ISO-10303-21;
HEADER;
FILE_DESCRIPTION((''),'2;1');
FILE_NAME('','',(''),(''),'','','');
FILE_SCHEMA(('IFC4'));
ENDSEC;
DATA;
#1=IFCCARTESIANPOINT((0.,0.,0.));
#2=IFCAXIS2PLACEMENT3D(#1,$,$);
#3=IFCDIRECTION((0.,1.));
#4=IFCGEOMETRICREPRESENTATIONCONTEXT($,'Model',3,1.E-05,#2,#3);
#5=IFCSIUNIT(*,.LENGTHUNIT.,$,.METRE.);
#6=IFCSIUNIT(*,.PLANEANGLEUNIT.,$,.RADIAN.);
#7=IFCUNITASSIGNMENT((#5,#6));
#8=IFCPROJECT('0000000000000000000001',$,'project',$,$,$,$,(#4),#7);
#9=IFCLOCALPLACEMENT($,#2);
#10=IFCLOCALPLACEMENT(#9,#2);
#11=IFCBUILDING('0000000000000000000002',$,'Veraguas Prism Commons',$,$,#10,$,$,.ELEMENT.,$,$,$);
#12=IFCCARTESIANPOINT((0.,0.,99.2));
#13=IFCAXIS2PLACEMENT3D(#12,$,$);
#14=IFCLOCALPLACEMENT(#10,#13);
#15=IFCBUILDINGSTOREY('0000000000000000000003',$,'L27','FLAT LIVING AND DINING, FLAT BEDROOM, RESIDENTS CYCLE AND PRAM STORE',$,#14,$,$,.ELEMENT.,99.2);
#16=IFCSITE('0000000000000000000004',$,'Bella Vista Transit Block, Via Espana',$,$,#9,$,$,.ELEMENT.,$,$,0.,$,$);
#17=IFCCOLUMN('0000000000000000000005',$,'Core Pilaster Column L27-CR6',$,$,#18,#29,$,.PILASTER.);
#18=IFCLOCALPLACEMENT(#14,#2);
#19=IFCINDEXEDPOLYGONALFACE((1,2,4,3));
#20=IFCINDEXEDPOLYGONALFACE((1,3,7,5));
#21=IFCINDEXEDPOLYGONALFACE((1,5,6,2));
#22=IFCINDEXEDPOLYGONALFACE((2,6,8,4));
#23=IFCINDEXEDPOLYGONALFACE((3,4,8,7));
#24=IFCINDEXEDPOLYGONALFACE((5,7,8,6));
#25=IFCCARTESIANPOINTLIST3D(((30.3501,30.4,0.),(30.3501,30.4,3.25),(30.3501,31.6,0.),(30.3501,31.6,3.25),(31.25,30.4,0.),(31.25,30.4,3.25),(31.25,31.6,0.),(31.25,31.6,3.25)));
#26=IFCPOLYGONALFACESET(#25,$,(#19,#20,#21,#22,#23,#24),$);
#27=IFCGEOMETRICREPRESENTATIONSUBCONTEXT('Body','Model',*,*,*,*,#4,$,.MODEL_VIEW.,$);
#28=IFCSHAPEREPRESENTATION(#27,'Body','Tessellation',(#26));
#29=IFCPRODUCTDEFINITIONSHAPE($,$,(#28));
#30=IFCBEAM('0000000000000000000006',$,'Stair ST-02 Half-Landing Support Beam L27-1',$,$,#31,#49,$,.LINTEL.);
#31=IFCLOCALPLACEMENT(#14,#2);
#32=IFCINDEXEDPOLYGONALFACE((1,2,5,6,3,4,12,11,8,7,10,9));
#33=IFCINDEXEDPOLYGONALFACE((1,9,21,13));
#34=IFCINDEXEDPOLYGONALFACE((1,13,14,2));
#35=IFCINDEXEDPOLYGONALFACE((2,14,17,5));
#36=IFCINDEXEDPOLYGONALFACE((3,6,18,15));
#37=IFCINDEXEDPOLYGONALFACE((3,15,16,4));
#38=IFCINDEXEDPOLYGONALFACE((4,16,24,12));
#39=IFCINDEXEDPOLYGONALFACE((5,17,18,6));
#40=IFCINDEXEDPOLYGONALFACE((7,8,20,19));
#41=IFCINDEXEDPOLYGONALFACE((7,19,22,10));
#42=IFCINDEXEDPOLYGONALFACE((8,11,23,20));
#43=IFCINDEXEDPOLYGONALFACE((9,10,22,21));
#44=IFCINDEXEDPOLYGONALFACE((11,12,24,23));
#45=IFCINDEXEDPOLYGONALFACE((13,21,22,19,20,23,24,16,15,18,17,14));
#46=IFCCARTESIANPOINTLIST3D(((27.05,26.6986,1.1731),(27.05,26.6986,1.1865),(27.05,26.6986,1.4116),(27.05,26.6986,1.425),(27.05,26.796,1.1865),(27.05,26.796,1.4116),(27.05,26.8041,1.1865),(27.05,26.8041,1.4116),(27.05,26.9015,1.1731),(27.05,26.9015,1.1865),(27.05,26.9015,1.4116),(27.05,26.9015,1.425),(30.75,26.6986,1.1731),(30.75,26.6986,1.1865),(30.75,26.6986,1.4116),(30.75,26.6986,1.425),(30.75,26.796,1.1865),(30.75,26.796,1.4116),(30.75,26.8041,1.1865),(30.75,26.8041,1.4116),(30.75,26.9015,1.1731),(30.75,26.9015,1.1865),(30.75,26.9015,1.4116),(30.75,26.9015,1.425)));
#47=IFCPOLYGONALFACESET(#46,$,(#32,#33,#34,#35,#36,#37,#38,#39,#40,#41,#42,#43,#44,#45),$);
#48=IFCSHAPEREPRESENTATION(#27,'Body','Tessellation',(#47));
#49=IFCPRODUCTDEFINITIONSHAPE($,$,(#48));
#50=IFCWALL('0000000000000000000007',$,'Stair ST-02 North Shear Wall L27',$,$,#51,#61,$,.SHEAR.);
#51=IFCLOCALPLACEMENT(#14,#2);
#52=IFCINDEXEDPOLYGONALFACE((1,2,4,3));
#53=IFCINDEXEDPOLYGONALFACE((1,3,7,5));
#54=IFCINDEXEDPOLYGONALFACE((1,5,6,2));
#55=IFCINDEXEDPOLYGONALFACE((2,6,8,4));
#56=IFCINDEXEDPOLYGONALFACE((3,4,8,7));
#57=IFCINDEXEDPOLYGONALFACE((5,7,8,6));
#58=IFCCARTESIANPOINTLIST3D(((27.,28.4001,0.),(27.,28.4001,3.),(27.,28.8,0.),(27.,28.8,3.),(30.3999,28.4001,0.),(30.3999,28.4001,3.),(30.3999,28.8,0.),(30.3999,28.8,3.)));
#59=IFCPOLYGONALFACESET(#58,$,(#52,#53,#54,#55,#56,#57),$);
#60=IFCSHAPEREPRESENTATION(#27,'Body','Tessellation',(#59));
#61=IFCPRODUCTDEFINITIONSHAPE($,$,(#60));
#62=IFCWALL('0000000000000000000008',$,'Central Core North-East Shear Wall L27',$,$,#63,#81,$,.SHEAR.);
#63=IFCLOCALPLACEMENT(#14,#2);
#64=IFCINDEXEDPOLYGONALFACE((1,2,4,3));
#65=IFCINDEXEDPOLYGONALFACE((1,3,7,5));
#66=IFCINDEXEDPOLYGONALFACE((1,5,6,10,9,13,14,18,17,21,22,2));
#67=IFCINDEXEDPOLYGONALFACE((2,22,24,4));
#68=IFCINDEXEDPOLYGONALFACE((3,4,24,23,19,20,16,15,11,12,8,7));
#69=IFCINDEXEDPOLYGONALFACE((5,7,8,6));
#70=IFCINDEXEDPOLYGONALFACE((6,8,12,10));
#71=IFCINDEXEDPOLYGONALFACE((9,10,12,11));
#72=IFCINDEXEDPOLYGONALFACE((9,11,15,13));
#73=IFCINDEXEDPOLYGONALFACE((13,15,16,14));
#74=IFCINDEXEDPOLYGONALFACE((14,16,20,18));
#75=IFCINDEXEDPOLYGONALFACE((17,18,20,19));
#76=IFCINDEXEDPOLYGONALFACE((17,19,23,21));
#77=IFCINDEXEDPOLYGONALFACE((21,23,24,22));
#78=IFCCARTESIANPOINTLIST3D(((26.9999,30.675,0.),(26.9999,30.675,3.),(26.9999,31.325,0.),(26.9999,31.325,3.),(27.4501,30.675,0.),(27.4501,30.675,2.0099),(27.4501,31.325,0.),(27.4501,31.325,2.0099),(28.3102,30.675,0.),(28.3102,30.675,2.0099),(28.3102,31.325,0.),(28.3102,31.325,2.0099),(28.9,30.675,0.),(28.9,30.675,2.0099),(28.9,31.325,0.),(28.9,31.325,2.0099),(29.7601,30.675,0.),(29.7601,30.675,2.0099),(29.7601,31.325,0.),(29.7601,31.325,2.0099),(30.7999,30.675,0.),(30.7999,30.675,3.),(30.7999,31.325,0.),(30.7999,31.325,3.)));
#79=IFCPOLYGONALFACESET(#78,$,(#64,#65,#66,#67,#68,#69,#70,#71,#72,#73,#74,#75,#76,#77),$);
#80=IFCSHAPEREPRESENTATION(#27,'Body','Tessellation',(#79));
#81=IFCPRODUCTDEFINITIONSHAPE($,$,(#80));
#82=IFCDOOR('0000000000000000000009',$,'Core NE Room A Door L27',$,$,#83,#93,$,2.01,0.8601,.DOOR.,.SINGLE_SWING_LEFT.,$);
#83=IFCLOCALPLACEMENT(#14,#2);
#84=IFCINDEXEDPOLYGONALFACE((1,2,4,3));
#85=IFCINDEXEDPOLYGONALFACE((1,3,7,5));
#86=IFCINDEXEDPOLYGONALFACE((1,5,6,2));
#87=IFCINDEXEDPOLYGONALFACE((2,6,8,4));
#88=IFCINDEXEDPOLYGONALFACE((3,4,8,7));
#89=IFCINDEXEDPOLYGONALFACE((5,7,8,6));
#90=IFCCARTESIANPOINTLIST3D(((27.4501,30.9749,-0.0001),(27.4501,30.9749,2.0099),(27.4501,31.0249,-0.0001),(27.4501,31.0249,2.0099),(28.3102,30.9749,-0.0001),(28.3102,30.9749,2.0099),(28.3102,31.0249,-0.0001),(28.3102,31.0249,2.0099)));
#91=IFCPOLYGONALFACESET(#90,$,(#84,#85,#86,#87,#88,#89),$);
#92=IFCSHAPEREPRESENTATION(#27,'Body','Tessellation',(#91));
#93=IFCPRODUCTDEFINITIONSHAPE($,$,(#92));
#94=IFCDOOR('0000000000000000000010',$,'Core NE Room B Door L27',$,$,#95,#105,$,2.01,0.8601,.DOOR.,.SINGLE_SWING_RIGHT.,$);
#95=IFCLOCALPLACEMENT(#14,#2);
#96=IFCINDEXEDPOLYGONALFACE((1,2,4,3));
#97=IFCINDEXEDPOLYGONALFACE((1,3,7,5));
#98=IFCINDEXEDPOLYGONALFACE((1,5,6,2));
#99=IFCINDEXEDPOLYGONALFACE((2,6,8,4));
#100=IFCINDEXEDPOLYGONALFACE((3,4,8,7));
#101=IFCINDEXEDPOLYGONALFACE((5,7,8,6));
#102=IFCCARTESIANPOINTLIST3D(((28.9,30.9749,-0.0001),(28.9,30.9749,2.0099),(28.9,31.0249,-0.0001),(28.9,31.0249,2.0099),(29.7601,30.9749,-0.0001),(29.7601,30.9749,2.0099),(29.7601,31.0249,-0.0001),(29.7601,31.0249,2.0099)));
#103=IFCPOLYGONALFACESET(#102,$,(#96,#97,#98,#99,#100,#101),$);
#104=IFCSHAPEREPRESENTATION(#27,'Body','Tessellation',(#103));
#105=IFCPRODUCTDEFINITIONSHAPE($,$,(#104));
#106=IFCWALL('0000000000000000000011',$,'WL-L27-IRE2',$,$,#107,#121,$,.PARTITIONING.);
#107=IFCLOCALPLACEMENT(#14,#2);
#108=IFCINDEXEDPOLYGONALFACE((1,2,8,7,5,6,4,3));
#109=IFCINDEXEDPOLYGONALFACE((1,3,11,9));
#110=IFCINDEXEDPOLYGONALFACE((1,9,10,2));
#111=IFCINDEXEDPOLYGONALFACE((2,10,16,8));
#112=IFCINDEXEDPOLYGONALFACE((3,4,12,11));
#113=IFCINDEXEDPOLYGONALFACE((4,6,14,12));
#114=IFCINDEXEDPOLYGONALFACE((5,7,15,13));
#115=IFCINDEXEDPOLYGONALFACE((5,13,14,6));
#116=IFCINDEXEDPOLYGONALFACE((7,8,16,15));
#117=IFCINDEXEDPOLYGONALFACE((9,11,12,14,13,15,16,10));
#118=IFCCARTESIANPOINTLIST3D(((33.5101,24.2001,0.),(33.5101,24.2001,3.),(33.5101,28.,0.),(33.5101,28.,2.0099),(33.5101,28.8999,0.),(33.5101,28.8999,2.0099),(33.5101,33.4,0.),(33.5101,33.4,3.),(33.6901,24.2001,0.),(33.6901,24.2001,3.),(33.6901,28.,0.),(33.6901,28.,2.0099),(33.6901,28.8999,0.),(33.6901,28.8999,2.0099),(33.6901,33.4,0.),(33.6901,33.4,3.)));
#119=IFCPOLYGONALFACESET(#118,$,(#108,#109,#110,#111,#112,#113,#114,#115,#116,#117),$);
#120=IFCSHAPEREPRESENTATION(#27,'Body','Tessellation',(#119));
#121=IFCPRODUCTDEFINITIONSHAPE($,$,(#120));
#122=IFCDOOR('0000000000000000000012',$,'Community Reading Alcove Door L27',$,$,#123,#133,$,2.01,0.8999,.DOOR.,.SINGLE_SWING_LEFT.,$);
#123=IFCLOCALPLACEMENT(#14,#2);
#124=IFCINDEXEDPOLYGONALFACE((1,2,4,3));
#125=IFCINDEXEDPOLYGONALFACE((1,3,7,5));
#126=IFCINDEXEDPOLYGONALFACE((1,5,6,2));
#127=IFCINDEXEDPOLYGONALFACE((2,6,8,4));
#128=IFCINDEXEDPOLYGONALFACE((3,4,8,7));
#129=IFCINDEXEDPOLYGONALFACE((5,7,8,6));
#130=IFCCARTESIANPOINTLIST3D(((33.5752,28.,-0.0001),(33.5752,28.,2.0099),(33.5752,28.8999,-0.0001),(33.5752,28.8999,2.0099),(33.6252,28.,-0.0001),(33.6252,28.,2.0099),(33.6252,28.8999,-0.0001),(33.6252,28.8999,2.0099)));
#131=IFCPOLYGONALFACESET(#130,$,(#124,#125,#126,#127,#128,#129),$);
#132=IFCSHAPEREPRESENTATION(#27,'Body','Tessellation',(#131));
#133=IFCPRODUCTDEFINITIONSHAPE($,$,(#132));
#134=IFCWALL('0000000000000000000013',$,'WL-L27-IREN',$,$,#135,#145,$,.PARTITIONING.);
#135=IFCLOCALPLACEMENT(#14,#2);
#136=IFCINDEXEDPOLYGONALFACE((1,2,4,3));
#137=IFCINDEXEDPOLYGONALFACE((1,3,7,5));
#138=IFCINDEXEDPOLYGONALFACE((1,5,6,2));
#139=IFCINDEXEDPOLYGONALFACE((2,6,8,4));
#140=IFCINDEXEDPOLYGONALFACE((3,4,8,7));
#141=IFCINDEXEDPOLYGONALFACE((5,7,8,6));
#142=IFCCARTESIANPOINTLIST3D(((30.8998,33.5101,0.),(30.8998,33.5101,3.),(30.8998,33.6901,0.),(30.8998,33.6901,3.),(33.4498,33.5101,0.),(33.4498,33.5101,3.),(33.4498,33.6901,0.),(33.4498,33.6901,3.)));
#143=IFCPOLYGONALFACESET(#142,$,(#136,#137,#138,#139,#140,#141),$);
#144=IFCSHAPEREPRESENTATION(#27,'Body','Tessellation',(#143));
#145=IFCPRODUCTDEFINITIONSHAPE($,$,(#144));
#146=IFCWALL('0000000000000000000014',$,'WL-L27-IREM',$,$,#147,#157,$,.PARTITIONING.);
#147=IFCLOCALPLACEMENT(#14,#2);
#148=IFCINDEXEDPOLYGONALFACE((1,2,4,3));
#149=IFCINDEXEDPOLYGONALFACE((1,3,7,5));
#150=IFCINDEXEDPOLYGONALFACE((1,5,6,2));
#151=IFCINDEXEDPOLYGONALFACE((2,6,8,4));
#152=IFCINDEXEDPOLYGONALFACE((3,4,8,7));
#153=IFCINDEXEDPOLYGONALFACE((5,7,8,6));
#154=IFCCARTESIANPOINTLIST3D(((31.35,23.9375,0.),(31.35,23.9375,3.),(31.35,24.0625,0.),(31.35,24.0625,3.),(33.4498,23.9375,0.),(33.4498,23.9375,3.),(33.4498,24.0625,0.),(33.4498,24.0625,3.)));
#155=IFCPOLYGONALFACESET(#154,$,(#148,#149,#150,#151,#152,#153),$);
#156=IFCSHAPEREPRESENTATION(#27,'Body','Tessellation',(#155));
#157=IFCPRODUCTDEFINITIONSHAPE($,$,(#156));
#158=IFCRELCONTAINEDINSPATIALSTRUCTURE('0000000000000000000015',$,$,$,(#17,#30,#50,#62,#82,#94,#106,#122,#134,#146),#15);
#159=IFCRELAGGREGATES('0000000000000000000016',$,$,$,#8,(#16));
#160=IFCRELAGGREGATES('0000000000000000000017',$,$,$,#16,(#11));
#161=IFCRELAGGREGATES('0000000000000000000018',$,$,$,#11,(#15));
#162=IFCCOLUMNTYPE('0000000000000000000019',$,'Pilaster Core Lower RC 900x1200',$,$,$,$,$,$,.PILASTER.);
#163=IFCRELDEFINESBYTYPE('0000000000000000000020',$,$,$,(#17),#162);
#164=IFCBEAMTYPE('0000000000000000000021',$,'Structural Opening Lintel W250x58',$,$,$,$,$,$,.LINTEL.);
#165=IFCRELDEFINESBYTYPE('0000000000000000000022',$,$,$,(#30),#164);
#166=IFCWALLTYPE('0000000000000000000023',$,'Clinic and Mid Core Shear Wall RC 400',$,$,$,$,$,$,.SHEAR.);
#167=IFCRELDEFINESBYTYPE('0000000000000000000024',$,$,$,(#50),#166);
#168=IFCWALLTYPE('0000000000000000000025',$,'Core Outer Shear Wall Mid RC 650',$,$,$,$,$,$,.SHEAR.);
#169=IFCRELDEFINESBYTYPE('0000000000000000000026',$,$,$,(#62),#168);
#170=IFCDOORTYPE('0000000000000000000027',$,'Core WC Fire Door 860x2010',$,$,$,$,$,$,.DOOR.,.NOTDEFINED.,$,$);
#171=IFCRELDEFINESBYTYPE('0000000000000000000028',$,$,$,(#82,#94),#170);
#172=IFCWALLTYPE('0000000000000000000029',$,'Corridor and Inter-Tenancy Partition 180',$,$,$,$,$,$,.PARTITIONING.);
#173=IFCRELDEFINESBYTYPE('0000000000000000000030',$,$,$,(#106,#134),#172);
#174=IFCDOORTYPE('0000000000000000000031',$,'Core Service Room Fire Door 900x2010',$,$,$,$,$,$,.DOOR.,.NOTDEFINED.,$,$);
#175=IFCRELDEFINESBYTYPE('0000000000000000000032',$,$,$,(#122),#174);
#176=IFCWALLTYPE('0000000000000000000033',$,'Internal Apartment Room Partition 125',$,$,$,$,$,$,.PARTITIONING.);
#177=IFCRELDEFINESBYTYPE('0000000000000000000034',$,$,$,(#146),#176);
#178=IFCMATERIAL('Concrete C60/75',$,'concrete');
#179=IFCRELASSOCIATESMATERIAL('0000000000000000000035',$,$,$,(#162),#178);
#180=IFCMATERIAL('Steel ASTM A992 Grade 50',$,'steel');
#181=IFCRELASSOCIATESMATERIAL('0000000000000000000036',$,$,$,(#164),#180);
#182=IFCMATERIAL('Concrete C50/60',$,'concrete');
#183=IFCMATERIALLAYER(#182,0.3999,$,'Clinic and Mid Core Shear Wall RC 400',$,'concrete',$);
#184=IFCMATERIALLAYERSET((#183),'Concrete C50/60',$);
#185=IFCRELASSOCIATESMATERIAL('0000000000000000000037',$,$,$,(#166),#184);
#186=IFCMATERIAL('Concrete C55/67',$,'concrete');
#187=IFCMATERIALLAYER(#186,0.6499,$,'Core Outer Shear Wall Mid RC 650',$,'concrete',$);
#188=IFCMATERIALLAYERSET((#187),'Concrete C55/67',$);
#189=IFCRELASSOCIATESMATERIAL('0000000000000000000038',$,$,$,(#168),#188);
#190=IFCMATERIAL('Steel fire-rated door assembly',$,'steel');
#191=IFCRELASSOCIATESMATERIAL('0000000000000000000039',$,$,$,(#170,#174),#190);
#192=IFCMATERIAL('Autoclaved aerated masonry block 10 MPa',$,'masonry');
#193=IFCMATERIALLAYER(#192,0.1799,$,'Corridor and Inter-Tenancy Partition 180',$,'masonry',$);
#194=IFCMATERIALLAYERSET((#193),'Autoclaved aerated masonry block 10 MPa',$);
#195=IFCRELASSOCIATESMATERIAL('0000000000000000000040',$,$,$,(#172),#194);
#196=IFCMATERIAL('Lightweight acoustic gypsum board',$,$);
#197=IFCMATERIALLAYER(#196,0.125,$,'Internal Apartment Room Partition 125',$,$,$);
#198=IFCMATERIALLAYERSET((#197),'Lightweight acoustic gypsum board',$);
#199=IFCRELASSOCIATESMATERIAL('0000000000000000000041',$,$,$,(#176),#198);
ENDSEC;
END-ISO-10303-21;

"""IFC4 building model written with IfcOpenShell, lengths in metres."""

from ifc_helpers import new_model, si_unit, direction, frame, frame_2d, origin, origin_2d, place, context, subcontext, project, spatial, rectangle, i_section, extrude, source, transform, mapped, material, layer, layer_set, material_profile, profile_set, type_object, element, fill, save


model = new_model("IFC4")

# Units and contexts
model_context = context("Model", 3, precision=1e-05, world=origin(), true_north=direction((0.0, 1.0)))
body_context = subcontext(model_context, "Body", "Model", "MODEL_VIEW")
ifc_project = project(units=[si_unit("LENGTHUNIT", "METRE"), si_unit("PLANEANGLEUNIT", "RADIAN")], contexts=[model_context])

# Site, building, storey
site_placement = place(None, origin())
site = spatial("IfcSite", under=ifc_project, at=site_placement, Name="Bella Vista Transit Block, Via Espana", CompositionType="ELEMENT", RefElevation=0.0)
building_placement = place(site_placement, origin())
building = spatial("IfcBuilding", under=site, at=building_placement, Name="Veraguas Prism Commons", CompositionType="ELEMENT")
storey_placement = place(building_placement, frame((0.0, 0.0, 99.2)))
storey = spatial("IfcBuildingStorey", under=building, at=storey_placement, Name="L27", Description="FLAT LIVING AND DINING, FLAT BEDROOM, RESIDENTS CYCLE AND PRAM STORE", CompositionType="ELEMENT", Elevation=99.2)

# Column
ifc_material_1 = material(Name="Concrete C60/75", Category="concrete")
ifc_material_profile_1 = material_profile(ifc_material_1, rectangle(XDim=0.8999, YDim=1.2, at=origin_2d()), Name="RC900X1200")
ifc_profile_set_1 = profile_set([ifc_material_profile_1], Name="Concrete C60/75")
column_type = type_object("IfcColumnType", Name="Pilaster Core Lower RC 900x1200", PredefinedType="PILASTER", material=ifc_profile_set_1)
column_placement = place(storey_placement, frame((30.8, 31.0, 0.0), z_axis=(0.0, 0.0, 1.0), x_axis=(1.0, 0.0, 0.0)))
element("IfcColumn", 1, at=column_placement, inside=storey, type_object=column_type, Name="Core Pilaster Column L27-CR6", PredefinedType="PILASTER", context=body_context, shape_type="SweptSolid", body=[
    extrude(rectangle(XDim=0.8999, YDim=1.2, at=origin_2d()), origin(), (0.0, 0.0, 1.0), 3.25),
])

# Beam
ifc_material_2 = material(Name="Steel ASTM A992 Grade 50", Category="steel")
ifc_material_profile_2 = material_profile(ifc_material_2, i_section(OverallWidth=0.2029, OverallDepth=0.252, WebThickness=0.0081, FlangeThickness=0.0134, at=origin_2d()), Name="W250X58")
ifc_profile_set_2 = profile_set([ifc_material_profile_2], Name="Steel ASTM A992 Grade 50")
beam_type = type_object("IfcBeamType", Name="Structural Opening Lintel W250x58", PredefinedType="LINTEL", material=ifc_profile_set_2)
beam_placement = place(storey_placement, frame((27.05, 26.8, 1.2991), z_axis=(1.0, 0.0, 0.0), x_axis=(0.0, 1.0, 0.0)))
element("IfcBeam", 2, at=beam_placement, inside=storey, type_object=beam_type, Name="Stair ST-02 Half-Landing Support Beam L27-1", PredefinedType="LINTEL", context=body_context, shape_type="SweptSolid", body=[
    extrude(i_section(OverallWidth=0.2029, OverallDepth=0.252, WebThickness=0.0081, FlangeThickness=0.0134, at=origin_2d()), origin(), (0.0, 0.0, 1.0), 3.7),
])

# Wall
ifc_material_3 = material(Name="Concrete C50/60", Category="concrete")
ifc_layer_1 = layer(ifc_material_3, 0.3999, Name="Clinic and Mid Core Shear Wall RC 400", Category="concrete")
ifc_layer_set_1 = layer_set([ifc_layer_1], Name="Concrete C50/60")
wall_type_1 = type_object("IfcWallType", Name="Clinic and Mid Core Shear Wall RC 400", PredefinedType="SHEAR", material=ifc_layer_set_1)
wall_1_placement = place(storey_placement, frame((27.0, 28.6001, 0.0), z_axis=(0.0, 0.0, 1.0), x_axis=(1.0, 0.0, 0.0)))
element("IfcWall", 3, at=wall_1_placement, inside=storey, type_object=wall_type_1, Name="Stair ST-02 North Shear Wall L27", PredefinedType="SHEAR", context=body_context, shape_type="SweptSolid", body=[
    extrude(rectangle(XDim=3.3999, YDim=0.3999, at=frame_2d((1.7, 0.0))), origin(), (0.0, 0.0, 1.0), 3.0),
])

# Wall, openings, doors
ifc_material_4 = material(Name="Concrete C55/67", Category="concrete")
ifc_layer_2 = layer(ifc_material_4, 0.6499, Name="Core Outer Shear Wall Mid RC 650", Category="concrete")
ifc_layer_set_2 = layer_set([ifc_layer_2], Name="Concrete C55/67")
wall_type_2 = type_object("IfcWallType", Name="Core Outer Shear Wall Mid RC 650", PredefinedType="SHEAR", material=ifc_layer_set_2)
wall_2_placement = place(storey_placement, frame((27.0, 31.0, 0.0), z_axis=(0.0, 0.0, 1.0), x_axis=(1.0, 0.0, 0.0)))
wall_2 = element("IfcWall", 4, at=wall_2_placement, inside=storey, type_object=wall_type_2, Name="Central Core North-East Shear Wall L27", PredefinedType="SHEAR", context=body_context, shape_type="SweptSolid", body=[
    extrude(rectangle(XDim=3.8, YDim=0.6499, at=frame_2d((1.8999, 0.0))), origin(), (0.0, 0.0, 1.0), 3.0),
])
opening_1_placement = place(wall_2_placement, frame((0.45, 0.0, 0.0)))
opening_1 = element("IfcOpeningElement", 5, at=opening_1_placement, cuts=wall_2, PredefinedType="OPENING", context=body_context, shape_type="SweptSolid", body=[
    extrude(rectangle(XDim=0.8601, YDim=2.01, at=frame_2d((0.4302, 1.0049))), frame((0.0, 0.335, 0.0), z_axis=(0.0, -1.0, 0.0), x_axis=(1.0, 0.0, 0.0)), (0.0, 0.0, 1.0), 0.6699),
])
opening_2_placement = place(wall_2_placement, frame((1.8999, 0.0, 0.0)))
opening_2 = element("IfcOpeningElement", 6, at=opening_2_placement, cuts=wall_2, PredefinedType="OPENING", context=body_context, shape_type="SweptSolid", body=[
    extrude(rectangle(XDim=0.8601, YDim=2.01, at=frame_2d((0.4302, 1.0049))), frame((0.0, 0.335, 0.0), z_axis=(0.0, -1.0, 0.0), x_axis=(1.0, 0.0, 0.0)), (0.0, 0.0, 1.0), 0.6699),
])
ifc_material_5 = material(Name="Steel fire-rated door assembly", Category="steel")
door_type_1 = type_object("IfcDoorType", Name="Core WC Fire Door 860x2010", OperationType="NOTDEFINED", PredefinedType="DOOR", material=ifc_material_5)
shared_shape_1 = source(origin(), body_context, "Body", "SweptSolid", [
    extrude(rectangle(XDim=0.8601, YDim=2.01, at=frame_2d((0.4302, 1.0049))), frame((0.0, 0.0249, 0.0), z_axis=(0.0, -1.0, 0.0), x_axis=(1.0, 0.0, 0.0)), (0.0, 0.0, 1.0), 0.05),
])
door_1_placement = place(opening_1_placement, origin())
door_1 = element("IfcDoor", 7, at=door_1_placement, inside=storey, type_object=door_type_1, Name="Core NE Room A Door L27", OperationType="SINGLE_SWING_LEFT", OverallHeight=2.01, OverallWidth=0.8601, PredefinedType="DOOR", context=body_context, shape_type="MappedRepresentation", body=[
    mapped(shared_shape_1, transform((0.0, 0.0, 0.0), scale=1.0)),
])
fill(opening_1, door_1)
door_2_placement = place(opening_2_placement, origin())
door_2 = element("IfcDoor", 8, at=door_2_placement, inside=storey, type_object=door_type_1, Name="Core NE Room B Door L27", OperationType="SINGLE_SWING_RIGHT", OverallHeight=2.01, OverallWidth=0.8601, PredefinedType="DOOR", context=body_context, shape_type="MappedRepresentation", body=[
    mapped(shared_shape_1, transform((0.0, 0.0, 0.0), scale=1.0)),
])
fill(opening_2, door_2)

# Wall, opening, door
ifc_material_6 = material(Name="Autoclaved aerated masonry block 10 MPa", Category="masonry")
ifc_layer_3 = layer(ifc_material_6, 0.1799, Name="Corridor and Inter-Tenancy Partition 180", Category="masonry")
ifc_layer_set_3 = layer_set([ifc_layer_3], Name="Autoclaved aerated masonry block 10 MPa")
wall_type_3 = type_object("IfcWallType", Name="Corridor and Inter-Tenancy Partition 180", PredefinedType="PARTITIONING", material=ifc_layer_set_3)
wall_3_placement = place(storey_placement, frame((33.6001, 24.2, 0.0), z_axis=(0.0, 0.0, 1.0), x_axis=(0.0, 1.0, 0.0)))
wall_3 = element("IfcWall", 9, at=wall_3_placement, inside=storey, type_object=wall_type_3, Name="WL-L27-IRE2", PredefinedType="PARTITIONING", context=body_context, shape_type="SweptSolid", body=[
    extrude(rectangle(XDim=9.2, YDim=0.1799, at=frame_2d((4.6001, 0.0))), origin(), (0.0, 0.0, 1.0), 3.0),
])
opening_3_placement = place(wall_3_placement, frame((3.8, 0.0, 0.0)))
opening_3 = element("IfcOpeningElement", 10, at=opening_3_placement, cuts=wall_3, PredefinedType="OPENING", context=body_context, shape_type="SweptSolid", body=[
    extrude(rectangle(XDim=0.8999, YDim=2.01, at=frame_2d((0.45, 1.0049))), frame((0.0, 0.0999, 0.0), z_axis=(0.0, -1.0, 0.0), x_axis=(1.0, 0.0, 0.0)), (0.0, 0.0, 1.0), 0.2),
])
door_type_2 = type_object("IfcDoorType", Name="Core Service Room Fire Door 900x2010", OperationType="NOTDEFINED", PredefinedType="DOOR", material=ifc_material_5)
shared_shape_2 = source(origin(), body_context, "Body", "SweptSolid", [
    extrude(rectangle(XDim=0.8999, YDim=2.01, at=frame_2d((0.45, 1.0049))), frame((0.0, 0.0249, 0.0), z_axis=(0.0, -1.0, 0.0), x_axis=(1.0, 0.0, 0.0)), (0.0, 0.0, 1.0), 0.05),
])
door_3_placement = place(opening_3_placement, origin())
door_3 = element("IfcDoor", 11, at=door_3_placement, inside=storey, type_object=door_type_2, Name="Community Reading Alcove Door L27", OperationType="SINGLE_SWING_LEFT", OverallHeight=2.01, OverallWidth=0.8999, PredefinedType="DOOR", context=body_context, shape_type="MappedRepresentation", body=[
    mapped(shared_shape_2, transform((0.0, 0.0, 0.0), scale=1.0)),
])
fill(opening_3, door_3)

# Walls
wall_4_placement = place(storey_placement, frame((30.8999, 33.6001, 0.0), z_axis=(0.0, 0.0, 1.0), x_axis=(1.0, 0.0, 0.0)))
element("IfcWall", 12, at=wall_4_placement, inside=storey, type_object=wall_type_3, Name="WL-L27-IREN", PredefinedType="PARTITIONING", context=body_context, shape_type="SweptSolid", body=[
    extrude(rectangle(XDim=2.55, YDim=0.1799, at=frame_2d((1.2749, 0.0))), origin(), (0.0, 0.0, 1.0), 3.0),
])
ifc_material_7 = material(Name="Lightweight acoustic gypsum board")
ifc_layer_4 = layer(ifc_material_7, 0.125, Name="Internal Apartment Room Partition 125")
ifc_layer_set_4 = layer_set([ifc_layer_4], Name="Lightweight acoustic gypsum board")
wall_type_4 = type_object("IfcWallType", Name="Internal Apartment Room Partition 125", PredefinedType="PARTITIONING", material=ifc_layer_set_4)
wall_5_placement = place(storey_placement, frame((31.3501, 24.0, 0.0), z_axis=(0.0, 0.0, 1.0), x_axis=(1.0, 0.0, 0.0)))
element("IfcWall", 13, at=wall_5_placement, inside=storey, type_object=wall_type_4, Name="WL-L27-IREM", PredefinedType="PARTITIONING", context=body_context, shape_type="SweptSolid", body=[
    extrude(rectangle(XDim=2.0999, YDim=0.125, at=frame_2d((1.0498, 0.0))), origin(), (0.0, 0.0, 1.0), 3.0),
])

save(model, "model.ifc")
